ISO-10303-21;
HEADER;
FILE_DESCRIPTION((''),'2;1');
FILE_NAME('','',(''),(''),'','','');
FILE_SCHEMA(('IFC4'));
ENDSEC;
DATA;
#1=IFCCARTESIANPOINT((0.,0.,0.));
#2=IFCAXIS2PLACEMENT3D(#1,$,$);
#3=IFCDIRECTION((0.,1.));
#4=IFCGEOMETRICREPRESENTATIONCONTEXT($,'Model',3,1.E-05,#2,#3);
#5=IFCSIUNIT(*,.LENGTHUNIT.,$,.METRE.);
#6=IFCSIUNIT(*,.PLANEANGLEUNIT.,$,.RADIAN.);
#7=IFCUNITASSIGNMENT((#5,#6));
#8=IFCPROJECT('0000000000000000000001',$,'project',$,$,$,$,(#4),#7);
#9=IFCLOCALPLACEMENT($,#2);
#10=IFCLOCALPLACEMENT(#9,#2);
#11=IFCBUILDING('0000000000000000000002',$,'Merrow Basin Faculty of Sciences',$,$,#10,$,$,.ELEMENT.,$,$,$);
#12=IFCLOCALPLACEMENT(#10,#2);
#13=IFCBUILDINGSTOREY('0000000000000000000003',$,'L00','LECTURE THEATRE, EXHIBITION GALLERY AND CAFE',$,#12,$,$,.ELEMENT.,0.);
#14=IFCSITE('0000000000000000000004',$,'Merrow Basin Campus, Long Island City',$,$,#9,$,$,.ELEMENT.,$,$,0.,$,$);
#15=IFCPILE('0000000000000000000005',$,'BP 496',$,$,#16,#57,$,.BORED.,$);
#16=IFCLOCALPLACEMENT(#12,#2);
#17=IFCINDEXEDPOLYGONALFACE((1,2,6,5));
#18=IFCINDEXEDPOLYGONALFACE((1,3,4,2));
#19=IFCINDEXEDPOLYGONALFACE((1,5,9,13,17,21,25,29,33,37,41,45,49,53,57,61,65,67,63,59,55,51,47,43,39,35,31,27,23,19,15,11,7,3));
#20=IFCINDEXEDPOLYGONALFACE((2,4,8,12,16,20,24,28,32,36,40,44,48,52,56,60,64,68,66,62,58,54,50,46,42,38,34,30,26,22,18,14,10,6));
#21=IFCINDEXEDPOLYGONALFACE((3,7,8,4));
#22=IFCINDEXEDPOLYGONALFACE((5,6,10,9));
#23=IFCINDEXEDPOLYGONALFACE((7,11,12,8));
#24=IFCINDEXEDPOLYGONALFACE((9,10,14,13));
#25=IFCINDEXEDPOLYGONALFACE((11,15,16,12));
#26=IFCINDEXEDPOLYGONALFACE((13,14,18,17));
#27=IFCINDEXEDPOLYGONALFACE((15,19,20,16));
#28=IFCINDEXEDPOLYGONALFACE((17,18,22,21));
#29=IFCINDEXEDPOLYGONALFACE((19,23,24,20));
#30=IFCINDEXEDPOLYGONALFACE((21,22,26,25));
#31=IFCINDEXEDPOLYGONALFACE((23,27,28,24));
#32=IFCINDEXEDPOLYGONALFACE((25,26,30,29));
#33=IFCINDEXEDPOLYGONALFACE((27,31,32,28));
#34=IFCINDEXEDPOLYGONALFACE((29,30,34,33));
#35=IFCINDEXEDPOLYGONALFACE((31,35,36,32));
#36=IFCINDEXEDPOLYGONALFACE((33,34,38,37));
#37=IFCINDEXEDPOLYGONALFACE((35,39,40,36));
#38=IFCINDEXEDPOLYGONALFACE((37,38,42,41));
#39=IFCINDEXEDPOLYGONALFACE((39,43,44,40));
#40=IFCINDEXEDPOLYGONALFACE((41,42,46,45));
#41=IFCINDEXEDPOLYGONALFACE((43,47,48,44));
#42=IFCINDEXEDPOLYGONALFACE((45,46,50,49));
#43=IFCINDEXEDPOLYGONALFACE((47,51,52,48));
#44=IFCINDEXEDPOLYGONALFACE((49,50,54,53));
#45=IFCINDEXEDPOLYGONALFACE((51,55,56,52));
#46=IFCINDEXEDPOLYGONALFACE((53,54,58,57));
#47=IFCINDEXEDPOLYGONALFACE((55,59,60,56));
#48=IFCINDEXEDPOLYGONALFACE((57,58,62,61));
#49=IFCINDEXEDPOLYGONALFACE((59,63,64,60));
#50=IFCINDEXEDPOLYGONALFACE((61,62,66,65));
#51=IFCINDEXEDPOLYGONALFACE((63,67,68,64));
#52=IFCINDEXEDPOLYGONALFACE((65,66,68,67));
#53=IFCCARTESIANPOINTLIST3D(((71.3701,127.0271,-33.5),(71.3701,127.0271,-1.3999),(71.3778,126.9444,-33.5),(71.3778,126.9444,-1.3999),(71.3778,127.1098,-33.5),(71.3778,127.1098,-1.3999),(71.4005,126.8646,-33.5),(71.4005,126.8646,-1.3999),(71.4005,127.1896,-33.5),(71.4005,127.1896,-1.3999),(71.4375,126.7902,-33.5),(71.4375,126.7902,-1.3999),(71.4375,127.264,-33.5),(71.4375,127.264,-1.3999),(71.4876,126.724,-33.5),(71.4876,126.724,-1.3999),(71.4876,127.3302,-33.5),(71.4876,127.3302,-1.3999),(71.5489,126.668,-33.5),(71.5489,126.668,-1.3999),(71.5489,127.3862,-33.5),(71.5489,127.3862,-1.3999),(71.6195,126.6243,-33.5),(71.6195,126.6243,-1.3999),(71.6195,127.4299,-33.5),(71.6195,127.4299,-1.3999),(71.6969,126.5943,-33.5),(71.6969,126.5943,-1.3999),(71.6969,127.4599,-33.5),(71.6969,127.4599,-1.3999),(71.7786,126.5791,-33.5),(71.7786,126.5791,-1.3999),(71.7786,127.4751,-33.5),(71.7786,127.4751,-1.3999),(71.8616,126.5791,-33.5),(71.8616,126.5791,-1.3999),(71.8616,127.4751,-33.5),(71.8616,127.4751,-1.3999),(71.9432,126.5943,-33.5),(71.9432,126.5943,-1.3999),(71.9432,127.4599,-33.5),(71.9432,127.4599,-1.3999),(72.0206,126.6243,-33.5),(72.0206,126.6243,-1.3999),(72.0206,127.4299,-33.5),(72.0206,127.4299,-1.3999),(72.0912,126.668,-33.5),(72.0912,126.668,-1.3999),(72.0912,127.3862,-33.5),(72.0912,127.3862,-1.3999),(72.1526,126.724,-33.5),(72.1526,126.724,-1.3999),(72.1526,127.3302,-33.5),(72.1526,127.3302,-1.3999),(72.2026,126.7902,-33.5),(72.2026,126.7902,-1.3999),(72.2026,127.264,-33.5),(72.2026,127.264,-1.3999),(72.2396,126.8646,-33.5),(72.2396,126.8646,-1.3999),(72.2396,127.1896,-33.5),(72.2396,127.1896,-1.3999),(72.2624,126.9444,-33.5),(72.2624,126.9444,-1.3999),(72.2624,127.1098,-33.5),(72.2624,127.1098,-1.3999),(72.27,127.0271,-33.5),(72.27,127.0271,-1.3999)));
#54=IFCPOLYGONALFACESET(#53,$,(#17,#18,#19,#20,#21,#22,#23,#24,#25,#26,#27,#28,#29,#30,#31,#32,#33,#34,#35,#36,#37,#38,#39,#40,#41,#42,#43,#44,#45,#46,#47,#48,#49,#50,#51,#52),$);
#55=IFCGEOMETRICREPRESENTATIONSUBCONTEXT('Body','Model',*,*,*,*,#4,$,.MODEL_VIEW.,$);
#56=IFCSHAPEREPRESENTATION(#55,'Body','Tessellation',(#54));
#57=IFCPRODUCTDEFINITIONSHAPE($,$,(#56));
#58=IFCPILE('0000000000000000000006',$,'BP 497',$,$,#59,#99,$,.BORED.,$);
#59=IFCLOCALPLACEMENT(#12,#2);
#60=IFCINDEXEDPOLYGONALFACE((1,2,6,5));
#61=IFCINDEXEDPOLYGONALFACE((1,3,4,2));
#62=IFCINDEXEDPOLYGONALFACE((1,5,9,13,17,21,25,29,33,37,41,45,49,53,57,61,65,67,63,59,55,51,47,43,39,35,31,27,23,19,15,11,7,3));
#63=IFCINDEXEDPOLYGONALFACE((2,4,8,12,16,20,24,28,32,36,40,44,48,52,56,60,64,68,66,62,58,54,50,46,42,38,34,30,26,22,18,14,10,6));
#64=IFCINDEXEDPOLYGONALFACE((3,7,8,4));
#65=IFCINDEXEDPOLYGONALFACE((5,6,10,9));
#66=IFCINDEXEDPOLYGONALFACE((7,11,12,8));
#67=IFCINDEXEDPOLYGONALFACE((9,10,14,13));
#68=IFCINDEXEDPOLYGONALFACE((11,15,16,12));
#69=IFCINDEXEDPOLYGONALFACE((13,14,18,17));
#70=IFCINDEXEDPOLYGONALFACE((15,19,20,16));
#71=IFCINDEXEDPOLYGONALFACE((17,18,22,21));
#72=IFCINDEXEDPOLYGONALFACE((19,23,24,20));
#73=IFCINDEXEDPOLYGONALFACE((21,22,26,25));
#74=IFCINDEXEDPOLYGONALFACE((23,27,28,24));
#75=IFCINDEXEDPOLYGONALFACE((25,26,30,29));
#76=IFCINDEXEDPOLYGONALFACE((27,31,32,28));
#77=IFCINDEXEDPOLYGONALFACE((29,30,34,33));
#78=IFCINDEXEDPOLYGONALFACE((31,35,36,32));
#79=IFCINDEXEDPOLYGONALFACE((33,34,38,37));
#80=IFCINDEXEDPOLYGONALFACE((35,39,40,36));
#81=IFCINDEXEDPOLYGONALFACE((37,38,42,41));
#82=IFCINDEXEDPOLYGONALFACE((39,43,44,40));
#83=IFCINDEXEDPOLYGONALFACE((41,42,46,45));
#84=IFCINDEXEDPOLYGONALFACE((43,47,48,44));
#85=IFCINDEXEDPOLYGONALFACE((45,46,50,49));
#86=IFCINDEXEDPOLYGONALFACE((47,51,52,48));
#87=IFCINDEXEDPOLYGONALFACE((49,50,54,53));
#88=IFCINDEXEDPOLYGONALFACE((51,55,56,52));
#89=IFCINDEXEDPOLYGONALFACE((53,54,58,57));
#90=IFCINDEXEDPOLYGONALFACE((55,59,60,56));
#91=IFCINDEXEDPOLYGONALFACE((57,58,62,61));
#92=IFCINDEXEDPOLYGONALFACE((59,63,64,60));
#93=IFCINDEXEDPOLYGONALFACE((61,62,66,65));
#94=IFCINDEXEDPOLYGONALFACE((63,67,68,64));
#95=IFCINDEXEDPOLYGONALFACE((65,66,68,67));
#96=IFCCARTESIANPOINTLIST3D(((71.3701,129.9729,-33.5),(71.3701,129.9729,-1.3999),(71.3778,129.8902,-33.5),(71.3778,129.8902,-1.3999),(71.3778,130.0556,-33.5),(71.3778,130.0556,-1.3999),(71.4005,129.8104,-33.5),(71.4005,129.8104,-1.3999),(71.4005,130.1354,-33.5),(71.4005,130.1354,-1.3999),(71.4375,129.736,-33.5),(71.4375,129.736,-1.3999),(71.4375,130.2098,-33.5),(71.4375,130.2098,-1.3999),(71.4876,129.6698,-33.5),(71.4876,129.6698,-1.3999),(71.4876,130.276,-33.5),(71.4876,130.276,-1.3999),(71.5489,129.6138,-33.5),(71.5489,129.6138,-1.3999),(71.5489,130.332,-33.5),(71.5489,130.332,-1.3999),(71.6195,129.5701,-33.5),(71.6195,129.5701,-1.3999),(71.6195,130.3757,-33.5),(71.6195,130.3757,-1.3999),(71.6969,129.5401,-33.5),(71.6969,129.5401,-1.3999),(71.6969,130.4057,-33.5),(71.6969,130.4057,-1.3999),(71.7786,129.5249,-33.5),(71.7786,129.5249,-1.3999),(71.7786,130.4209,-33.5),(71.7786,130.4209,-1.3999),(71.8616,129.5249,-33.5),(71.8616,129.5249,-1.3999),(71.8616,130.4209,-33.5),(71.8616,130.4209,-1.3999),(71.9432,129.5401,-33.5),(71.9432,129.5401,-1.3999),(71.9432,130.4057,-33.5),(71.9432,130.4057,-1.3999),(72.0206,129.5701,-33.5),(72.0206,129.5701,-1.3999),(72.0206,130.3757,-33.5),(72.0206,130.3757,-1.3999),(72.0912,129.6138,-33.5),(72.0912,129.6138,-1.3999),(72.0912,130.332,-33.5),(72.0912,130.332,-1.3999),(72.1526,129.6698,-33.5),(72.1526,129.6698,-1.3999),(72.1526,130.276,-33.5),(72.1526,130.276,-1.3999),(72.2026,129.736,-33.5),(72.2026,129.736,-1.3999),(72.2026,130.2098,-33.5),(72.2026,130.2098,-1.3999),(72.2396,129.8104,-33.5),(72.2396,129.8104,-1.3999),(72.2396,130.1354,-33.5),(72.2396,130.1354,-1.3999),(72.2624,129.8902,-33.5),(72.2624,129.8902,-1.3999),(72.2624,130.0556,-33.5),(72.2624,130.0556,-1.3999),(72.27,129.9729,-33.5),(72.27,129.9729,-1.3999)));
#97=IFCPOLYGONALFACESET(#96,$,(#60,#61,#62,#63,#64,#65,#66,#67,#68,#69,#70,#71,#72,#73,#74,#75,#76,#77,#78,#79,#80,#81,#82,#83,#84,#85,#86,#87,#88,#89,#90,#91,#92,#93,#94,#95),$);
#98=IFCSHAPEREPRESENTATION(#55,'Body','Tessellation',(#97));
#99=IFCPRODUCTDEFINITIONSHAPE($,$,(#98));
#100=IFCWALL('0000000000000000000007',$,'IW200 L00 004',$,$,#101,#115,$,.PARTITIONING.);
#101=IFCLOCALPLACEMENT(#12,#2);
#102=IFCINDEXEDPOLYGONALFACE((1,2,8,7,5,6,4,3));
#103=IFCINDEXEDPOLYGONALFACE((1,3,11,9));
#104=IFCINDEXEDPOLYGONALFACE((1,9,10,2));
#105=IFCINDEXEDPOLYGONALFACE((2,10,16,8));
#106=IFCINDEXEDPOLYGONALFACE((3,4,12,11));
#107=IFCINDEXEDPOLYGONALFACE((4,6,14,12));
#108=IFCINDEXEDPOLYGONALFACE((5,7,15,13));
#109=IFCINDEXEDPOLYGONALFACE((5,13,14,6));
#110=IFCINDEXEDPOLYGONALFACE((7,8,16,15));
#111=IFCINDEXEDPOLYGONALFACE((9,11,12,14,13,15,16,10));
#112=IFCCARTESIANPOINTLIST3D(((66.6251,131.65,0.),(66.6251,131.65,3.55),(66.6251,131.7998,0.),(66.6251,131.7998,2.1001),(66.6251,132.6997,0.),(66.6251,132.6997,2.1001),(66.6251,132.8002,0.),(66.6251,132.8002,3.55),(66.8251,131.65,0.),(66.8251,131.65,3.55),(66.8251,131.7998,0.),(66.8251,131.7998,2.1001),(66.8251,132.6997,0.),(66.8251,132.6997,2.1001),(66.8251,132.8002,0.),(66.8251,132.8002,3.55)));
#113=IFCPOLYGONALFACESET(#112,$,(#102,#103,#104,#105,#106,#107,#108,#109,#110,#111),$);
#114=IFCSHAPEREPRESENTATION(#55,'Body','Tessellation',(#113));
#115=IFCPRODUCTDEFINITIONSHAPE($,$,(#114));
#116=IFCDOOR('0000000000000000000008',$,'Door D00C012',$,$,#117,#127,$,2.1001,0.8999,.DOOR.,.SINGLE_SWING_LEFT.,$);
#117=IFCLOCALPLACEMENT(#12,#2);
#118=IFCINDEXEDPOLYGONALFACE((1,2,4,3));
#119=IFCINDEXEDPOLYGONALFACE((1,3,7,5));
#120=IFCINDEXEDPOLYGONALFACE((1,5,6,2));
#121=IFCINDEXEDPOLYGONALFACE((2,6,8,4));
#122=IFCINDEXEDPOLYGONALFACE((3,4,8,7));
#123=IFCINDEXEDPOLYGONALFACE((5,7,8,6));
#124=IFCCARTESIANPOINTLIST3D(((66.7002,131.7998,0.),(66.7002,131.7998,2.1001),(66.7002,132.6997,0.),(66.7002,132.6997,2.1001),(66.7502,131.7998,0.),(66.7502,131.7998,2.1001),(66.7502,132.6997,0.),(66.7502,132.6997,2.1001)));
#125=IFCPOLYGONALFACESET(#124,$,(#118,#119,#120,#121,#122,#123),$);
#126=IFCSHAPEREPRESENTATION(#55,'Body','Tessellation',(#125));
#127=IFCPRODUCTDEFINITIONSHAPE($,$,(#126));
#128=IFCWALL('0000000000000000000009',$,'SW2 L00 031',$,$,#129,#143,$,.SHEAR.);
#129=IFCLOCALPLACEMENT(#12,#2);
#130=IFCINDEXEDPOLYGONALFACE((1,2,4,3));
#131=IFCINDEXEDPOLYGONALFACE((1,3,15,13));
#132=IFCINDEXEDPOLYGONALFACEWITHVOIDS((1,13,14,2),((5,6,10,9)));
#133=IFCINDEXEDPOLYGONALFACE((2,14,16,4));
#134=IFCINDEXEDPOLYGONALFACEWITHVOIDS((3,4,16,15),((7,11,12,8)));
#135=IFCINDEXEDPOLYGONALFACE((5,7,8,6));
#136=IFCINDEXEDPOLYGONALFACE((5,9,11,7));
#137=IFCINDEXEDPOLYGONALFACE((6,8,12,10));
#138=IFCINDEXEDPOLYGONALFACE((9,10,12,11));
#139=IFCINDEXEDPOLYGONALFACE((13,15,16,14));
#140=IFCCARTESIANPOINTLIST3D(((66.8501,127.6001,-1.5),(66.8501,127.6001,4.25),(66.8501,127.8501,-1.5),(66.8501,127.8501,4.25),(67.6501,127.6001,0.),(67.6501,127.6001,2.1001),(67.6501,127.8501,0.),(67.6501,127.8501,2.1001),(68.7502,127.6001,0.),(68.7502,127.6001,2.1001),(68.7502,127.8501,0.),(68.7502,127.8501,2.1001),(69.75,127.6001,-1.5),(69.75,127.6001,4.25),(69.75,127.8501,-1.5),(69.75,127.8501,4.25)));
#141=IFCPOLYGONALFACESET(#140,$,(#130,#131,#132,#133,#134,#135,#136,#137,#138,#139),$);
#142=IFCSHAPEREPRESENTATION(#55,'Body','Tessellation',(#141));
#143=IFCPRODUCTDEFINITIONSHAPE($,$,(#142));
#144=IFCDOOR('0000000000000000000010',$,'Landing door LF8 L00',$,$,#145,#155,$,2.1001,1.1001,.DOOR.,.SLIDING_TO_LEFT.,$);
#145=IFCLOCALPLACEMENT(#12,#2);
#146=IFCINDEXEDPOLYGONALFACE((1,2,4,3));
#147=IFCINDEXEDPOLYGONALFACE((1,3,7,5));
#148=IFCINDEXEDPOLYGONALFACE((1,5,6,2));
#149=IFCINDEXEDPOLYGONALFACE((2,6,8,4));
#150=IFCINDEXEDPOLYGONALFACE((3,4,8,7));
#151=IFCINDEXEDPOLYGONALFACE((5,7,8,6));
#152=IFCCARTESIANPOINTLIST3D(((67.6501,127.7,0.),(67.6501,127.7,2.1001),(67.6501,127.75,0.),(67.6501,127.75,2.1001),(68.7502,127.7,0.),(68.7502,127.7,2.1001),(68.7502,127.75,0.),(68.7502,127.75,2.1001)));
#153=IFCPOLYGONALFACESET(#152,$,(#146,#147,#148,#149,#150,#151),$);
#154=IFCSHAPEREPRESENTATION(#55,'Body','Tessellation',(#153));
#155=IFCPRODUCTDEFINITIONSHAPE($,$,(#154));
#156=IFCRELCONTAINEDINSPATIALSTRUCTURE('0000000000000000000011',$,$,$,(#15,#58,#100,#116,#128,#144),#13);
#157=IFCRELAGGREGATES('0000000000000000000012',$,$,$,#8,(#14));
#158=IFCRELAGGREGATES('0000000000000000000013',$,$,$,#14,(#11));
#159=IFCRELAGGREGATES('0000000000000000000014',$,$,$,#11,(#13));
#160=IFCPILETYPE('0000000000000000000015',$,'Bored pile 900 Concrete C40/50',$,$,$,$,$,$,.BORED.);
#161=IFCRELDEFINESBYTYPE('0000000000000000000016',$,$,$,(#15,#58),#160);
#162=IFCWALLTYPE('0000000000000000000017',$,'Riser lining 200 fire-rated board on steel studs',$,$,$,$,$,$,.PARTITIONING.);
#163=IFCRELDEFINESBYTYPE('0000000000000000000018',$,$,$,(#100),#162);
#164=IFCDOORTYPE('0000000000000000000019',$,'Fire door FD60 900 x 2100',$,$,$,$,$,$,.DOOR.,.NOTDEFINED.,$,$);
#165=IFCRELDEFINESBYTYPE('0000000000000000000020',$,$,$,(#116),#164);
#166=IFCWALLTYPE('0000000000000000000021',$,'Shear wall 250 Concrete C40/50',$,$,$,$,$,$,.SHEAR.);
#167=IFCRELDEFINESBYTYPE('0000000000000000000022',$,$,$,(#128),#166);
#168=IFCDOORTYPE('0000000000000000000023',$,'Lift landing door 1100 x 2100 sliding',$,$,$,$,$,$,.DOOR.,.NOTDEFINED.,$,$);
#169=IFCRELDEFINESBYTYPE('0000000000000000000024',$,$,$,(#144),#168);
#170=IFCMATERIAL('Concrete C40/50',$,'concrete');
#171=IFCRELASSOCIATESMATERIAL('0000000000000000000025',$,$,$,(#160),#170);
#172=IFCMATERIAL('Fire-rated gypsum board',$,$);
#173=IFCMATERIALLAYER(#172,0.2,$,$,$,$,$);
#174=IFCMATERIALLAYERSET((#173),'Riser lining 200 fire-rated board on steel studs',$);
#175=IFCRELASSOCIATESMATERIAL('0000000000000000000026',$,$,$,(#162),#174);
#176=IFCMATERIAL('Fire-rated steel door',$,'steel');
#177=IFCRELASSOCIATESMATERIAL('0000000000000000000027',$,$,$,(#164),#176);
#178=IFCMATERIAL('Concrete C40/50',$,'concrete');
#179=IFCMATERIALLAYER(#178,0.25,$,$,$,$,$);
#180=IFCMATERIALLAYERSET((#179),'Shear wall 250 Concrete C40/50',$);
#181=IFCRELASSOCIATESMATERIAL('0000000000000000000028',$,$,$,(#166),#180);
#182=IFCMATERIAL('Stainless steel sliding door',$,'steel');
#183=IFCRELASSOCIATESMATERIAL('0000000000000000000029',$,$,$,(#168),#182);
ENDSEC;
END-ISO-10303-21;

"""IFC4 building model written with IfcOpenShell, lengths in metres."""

from ifc_helpers import new_model, si_unit, direction, frame, frame_2d, origin, origin_2d, place, context, subcontext, project, spatial, rectangle, circle, extrude, material, layer, layer_set, material_profile, profile_set, type_object, element, fill, save


model = new_model("IFC4")

# Units and contexts
model_context = context("Model", 3, precision=1e-05, world=origin(), true_north=direction((0.0, 1.0)))
body_context = subcontext(model_context, "Body", "Model", "MODEL_VIEW")
ifc_project = project(units=[si_unit("LENGTHUNIT", "METRE"), si_unit("PLANEANGLEUNIT", "RADIAN")], contexts=[model_context])

# Site, building, storey
site_placement = place(None, origin())
site = spatial("IfcSite", under=ifc_project, at=site_placement, Name="Merrow Basin Campus, Long Island City", CompositionType="ELEMENT", RefElevation=0.0)
building_placement = place(site_placement, origin())
building = spatial("IfcBuilding", under=site, at=building_placement, Name="Merrow Basin Faculty of Sciences", CompositionType="ELEMENT")
storey_placement = place(building_placement, origin())
storey = spatial("IfcBuildingStorey", under=building, at=storey_placement, Name="L00", Description="LECTURE THEATRE, EXHIBITION GALLERY AND CAFE", CompositionType="ELEMENT", Elevation=0.0)

# Piles
ifc_material_1 = material(Name="Concrete C40/50", Category="concrete")
ifc_material_profile_1 = material_profile(ifc_material_1, circle(Radius=0.45, at=origin_2d()))
ifc_profile_set_1 = profile_set([ifc_material_profile_1], Name="Concrete C40/50")
pile_type_1 = type_object("IfcPileType", Name="Bored pile 900 Concrete C40/50", PredefinedType="BORED", material=ifc_profile_set_1)
for number, where, z_axis, x_axis, name in (
    (1, (71.8201, 127.0271, -1.3999), (0.0, 0.0, -1.0), (1.0, 0.0, 0.0), "BP 496"),
    (2, (71.8201, 129.9729, -1.3999), (0.0, 0.0, -1.0), (1.0, 0.0, 0.0), "BP 497"),
):
    element("IfcPile", number, at=place(storey_placement, frame(where, z_axis=z_axis, x_axis=x_axis)), inside=storey, type_object=pile_type_1, Name=name, PredefinedType="BORED", context=body_context, shape_type="SweptSolid", body=[
        extrude(circle(Radius=0.45, at=origin_2d()), origin(), (0.0, 0.0, 1.0), 32.1001),
    ])

# Walls, openings, doors
ifc_material_2 = material(Name="Fire-rated gypsum board")
ifc_layer_1 = layer(ifc_material_2, 0.2)
ifc_layer_set_1 = layer_set([ifc_layer_1], Name="Riser lining 200 fire-rated board on steel studs")
wall_type_1 = type_object("IfcWallType", Name="Riser lining 200 fire-rated board on steel studs", PredefinedType="PARTITIONING", material=ifc_layer_set_1)
wall_1_placement = place(storey_placement, frame((66.7251, 131.6499, 0.0), z_axis=(0.0, 0.0, 1.0), x_axis=(0.0, 1.0, 0.0)))
wall_1 = element("IfcWall", 3, at=wall_1_placement, inside=storey, type_object=wall_type_1, Name="IW200 L00 004", PredefinedType="PARTITIONING", context=body_context, shape_type="SweptSolid", body=[
    extrude(rectangle(XDim=1.1501, YDim=0.2, at=frame_2d((0.5752, 0.0))), origin(), (0.0, 0.0, 1.0), 3.55),
])
opening_1_placement = place(wall_1_placement, frame((0.1499, 0.0, 0.0)))
opening_1 = element("IfcOpeningElement", 4, at=opening_1_placement, cuts=wall_1, PredefinedType="OPENING", context=body_context, shape_type="SweptSolid", body=[
    extrude(rectangle(XDim=0.8999, YDim=2.1001, at=frame_2d((0.45, 1.05))), frame((0.0, 0.1099, 0.0), z_axis=(0.0, -1.0, 0.0), x_axis=(1.0, 0.0, 0.0)), (0.0, 0.0, 1.0), 0.22),
])
ifc_material_3 = material(Name="Fire-rated steel door", Category="steel")
door_type_1 = type_object("IfcDoorType", Name="Fire door FD60 900 x 2100", OperationType="NOTDEFINED", PredefinedType="DOOR", material=ifc_material_3)
door_1_placement = place(opening_1_placement, origin())
door_1 = element("IfcDoor", 5, at=door_1_placement, inside=storey, type_object=door_type_1, Name="Door D00C012", OperationType="SINGLE_SWING_LEFT", OverallHeight=2.1001, OverallWidth=0.8999, PredefinedType="DOOR", context=body_context, shape_type="SweptSolid", body=[
    extrude(rectangle(XDim=0.8999, YDim=2.1001, at=frame_2d((0.45, 1.05))), frame((0.0, 0.0249, 0.0), z_axis=(0.0, -1.0, 0.0), x_axis=(1.0, 0.0, 0.0)), (0.0, 0.0, 1.0), 0.05),
])
fill(opening_1, door_1)
ifc_material_4 = material(Name="Concrete C40/50", Category="concrete")
ifc_layer_2 = layer(ifc_material_4, 0.25)
ifc_layer_set_2 = layer_set([ifc_layer_2], Name="Shear wall 250 Concrete C40/50")
wall_type_2 = type_object("IfcWallType", Name="Shear wall 250 Concrete C40/50", PredefinedType="SHEAR", material=ifc_layer_set_2)
wall_2_placement = place(storey_placement, frame((66.8501, 127.7251, -1.5), z_axis=(0.0, 0.0, 1.0), x_axis=(1.0, 0.0, 0.0)))
wall_2 = element("IfcWall", 6, at=wall_2_placement, inside=storey, type_object=wall_type_2, Name="SW2 L00 031", PredefinedType="SHEAR", context=body_context, shape_type="SweptSolid", body=[
    extrude(rectangle(XDim=2.8999, YDim=0.25, at=frame_2d((1.45, 0.0))), origin(), (0.0, 0.0, 1.0), 5.75),
])
opening_2_placement = place(wall_2_placement, frame((0.8, 0.0, 1.5)))
opening_2 = element("IfcOpeningElement", 7, at=opening_2_placement, cuts=wall_2, PredefinedType="OPENING", context=body_context, shape_type="SweptSolid", body=[
    extrude(rectangle(XDim=1.1001, YDim=2.1001, at=frame_2d((0.55, 1.05))), frame((0.0, 0.135, 0.0), z_axis=(0.0, -1.0, 0.0), x_axis=(1.0, 0.0, 0.0)), (0.0, 0.0, 1.0), 0.27),
])
ifc_material_5 = material(Name="Stainless steel sliding door", Category="steel")
door_type_2 = type_object("IfcDoorType", Name="Lift landing door 1100 x 2100 sliding", OperationType="NOTDEFINED", PredefinedType="DOOR", material=ifc_material_5)
door_2_placement = place(opening_2_placement, origin())
door_2 = element("IfcDoor", 8, at=door_2_placement, inside=storey, type_object=door_type_2, Name="Landing door LF8 L00", OperationType="SLIDING_TO_LEFT", OverallHeight=2.1001, OverallWidth=1.1001, PredefinedType="DOOR", context=body_context, shape_type="SweptSolid", body=[
    extrude(rectangle(XDim=1.1001, YDim=2.1001, at=frame_2d((0.55, 1.05))), frame((0.0, 0.0249, 0.0), z_axis=(0.0, -1.0, 0.0), x_axis=(1.0, 0.0, 0.0)), (0.0, 0.0, 1.0), 0.05),
])
fill(opening_2, door_2)

save(model, "model.ifc")
